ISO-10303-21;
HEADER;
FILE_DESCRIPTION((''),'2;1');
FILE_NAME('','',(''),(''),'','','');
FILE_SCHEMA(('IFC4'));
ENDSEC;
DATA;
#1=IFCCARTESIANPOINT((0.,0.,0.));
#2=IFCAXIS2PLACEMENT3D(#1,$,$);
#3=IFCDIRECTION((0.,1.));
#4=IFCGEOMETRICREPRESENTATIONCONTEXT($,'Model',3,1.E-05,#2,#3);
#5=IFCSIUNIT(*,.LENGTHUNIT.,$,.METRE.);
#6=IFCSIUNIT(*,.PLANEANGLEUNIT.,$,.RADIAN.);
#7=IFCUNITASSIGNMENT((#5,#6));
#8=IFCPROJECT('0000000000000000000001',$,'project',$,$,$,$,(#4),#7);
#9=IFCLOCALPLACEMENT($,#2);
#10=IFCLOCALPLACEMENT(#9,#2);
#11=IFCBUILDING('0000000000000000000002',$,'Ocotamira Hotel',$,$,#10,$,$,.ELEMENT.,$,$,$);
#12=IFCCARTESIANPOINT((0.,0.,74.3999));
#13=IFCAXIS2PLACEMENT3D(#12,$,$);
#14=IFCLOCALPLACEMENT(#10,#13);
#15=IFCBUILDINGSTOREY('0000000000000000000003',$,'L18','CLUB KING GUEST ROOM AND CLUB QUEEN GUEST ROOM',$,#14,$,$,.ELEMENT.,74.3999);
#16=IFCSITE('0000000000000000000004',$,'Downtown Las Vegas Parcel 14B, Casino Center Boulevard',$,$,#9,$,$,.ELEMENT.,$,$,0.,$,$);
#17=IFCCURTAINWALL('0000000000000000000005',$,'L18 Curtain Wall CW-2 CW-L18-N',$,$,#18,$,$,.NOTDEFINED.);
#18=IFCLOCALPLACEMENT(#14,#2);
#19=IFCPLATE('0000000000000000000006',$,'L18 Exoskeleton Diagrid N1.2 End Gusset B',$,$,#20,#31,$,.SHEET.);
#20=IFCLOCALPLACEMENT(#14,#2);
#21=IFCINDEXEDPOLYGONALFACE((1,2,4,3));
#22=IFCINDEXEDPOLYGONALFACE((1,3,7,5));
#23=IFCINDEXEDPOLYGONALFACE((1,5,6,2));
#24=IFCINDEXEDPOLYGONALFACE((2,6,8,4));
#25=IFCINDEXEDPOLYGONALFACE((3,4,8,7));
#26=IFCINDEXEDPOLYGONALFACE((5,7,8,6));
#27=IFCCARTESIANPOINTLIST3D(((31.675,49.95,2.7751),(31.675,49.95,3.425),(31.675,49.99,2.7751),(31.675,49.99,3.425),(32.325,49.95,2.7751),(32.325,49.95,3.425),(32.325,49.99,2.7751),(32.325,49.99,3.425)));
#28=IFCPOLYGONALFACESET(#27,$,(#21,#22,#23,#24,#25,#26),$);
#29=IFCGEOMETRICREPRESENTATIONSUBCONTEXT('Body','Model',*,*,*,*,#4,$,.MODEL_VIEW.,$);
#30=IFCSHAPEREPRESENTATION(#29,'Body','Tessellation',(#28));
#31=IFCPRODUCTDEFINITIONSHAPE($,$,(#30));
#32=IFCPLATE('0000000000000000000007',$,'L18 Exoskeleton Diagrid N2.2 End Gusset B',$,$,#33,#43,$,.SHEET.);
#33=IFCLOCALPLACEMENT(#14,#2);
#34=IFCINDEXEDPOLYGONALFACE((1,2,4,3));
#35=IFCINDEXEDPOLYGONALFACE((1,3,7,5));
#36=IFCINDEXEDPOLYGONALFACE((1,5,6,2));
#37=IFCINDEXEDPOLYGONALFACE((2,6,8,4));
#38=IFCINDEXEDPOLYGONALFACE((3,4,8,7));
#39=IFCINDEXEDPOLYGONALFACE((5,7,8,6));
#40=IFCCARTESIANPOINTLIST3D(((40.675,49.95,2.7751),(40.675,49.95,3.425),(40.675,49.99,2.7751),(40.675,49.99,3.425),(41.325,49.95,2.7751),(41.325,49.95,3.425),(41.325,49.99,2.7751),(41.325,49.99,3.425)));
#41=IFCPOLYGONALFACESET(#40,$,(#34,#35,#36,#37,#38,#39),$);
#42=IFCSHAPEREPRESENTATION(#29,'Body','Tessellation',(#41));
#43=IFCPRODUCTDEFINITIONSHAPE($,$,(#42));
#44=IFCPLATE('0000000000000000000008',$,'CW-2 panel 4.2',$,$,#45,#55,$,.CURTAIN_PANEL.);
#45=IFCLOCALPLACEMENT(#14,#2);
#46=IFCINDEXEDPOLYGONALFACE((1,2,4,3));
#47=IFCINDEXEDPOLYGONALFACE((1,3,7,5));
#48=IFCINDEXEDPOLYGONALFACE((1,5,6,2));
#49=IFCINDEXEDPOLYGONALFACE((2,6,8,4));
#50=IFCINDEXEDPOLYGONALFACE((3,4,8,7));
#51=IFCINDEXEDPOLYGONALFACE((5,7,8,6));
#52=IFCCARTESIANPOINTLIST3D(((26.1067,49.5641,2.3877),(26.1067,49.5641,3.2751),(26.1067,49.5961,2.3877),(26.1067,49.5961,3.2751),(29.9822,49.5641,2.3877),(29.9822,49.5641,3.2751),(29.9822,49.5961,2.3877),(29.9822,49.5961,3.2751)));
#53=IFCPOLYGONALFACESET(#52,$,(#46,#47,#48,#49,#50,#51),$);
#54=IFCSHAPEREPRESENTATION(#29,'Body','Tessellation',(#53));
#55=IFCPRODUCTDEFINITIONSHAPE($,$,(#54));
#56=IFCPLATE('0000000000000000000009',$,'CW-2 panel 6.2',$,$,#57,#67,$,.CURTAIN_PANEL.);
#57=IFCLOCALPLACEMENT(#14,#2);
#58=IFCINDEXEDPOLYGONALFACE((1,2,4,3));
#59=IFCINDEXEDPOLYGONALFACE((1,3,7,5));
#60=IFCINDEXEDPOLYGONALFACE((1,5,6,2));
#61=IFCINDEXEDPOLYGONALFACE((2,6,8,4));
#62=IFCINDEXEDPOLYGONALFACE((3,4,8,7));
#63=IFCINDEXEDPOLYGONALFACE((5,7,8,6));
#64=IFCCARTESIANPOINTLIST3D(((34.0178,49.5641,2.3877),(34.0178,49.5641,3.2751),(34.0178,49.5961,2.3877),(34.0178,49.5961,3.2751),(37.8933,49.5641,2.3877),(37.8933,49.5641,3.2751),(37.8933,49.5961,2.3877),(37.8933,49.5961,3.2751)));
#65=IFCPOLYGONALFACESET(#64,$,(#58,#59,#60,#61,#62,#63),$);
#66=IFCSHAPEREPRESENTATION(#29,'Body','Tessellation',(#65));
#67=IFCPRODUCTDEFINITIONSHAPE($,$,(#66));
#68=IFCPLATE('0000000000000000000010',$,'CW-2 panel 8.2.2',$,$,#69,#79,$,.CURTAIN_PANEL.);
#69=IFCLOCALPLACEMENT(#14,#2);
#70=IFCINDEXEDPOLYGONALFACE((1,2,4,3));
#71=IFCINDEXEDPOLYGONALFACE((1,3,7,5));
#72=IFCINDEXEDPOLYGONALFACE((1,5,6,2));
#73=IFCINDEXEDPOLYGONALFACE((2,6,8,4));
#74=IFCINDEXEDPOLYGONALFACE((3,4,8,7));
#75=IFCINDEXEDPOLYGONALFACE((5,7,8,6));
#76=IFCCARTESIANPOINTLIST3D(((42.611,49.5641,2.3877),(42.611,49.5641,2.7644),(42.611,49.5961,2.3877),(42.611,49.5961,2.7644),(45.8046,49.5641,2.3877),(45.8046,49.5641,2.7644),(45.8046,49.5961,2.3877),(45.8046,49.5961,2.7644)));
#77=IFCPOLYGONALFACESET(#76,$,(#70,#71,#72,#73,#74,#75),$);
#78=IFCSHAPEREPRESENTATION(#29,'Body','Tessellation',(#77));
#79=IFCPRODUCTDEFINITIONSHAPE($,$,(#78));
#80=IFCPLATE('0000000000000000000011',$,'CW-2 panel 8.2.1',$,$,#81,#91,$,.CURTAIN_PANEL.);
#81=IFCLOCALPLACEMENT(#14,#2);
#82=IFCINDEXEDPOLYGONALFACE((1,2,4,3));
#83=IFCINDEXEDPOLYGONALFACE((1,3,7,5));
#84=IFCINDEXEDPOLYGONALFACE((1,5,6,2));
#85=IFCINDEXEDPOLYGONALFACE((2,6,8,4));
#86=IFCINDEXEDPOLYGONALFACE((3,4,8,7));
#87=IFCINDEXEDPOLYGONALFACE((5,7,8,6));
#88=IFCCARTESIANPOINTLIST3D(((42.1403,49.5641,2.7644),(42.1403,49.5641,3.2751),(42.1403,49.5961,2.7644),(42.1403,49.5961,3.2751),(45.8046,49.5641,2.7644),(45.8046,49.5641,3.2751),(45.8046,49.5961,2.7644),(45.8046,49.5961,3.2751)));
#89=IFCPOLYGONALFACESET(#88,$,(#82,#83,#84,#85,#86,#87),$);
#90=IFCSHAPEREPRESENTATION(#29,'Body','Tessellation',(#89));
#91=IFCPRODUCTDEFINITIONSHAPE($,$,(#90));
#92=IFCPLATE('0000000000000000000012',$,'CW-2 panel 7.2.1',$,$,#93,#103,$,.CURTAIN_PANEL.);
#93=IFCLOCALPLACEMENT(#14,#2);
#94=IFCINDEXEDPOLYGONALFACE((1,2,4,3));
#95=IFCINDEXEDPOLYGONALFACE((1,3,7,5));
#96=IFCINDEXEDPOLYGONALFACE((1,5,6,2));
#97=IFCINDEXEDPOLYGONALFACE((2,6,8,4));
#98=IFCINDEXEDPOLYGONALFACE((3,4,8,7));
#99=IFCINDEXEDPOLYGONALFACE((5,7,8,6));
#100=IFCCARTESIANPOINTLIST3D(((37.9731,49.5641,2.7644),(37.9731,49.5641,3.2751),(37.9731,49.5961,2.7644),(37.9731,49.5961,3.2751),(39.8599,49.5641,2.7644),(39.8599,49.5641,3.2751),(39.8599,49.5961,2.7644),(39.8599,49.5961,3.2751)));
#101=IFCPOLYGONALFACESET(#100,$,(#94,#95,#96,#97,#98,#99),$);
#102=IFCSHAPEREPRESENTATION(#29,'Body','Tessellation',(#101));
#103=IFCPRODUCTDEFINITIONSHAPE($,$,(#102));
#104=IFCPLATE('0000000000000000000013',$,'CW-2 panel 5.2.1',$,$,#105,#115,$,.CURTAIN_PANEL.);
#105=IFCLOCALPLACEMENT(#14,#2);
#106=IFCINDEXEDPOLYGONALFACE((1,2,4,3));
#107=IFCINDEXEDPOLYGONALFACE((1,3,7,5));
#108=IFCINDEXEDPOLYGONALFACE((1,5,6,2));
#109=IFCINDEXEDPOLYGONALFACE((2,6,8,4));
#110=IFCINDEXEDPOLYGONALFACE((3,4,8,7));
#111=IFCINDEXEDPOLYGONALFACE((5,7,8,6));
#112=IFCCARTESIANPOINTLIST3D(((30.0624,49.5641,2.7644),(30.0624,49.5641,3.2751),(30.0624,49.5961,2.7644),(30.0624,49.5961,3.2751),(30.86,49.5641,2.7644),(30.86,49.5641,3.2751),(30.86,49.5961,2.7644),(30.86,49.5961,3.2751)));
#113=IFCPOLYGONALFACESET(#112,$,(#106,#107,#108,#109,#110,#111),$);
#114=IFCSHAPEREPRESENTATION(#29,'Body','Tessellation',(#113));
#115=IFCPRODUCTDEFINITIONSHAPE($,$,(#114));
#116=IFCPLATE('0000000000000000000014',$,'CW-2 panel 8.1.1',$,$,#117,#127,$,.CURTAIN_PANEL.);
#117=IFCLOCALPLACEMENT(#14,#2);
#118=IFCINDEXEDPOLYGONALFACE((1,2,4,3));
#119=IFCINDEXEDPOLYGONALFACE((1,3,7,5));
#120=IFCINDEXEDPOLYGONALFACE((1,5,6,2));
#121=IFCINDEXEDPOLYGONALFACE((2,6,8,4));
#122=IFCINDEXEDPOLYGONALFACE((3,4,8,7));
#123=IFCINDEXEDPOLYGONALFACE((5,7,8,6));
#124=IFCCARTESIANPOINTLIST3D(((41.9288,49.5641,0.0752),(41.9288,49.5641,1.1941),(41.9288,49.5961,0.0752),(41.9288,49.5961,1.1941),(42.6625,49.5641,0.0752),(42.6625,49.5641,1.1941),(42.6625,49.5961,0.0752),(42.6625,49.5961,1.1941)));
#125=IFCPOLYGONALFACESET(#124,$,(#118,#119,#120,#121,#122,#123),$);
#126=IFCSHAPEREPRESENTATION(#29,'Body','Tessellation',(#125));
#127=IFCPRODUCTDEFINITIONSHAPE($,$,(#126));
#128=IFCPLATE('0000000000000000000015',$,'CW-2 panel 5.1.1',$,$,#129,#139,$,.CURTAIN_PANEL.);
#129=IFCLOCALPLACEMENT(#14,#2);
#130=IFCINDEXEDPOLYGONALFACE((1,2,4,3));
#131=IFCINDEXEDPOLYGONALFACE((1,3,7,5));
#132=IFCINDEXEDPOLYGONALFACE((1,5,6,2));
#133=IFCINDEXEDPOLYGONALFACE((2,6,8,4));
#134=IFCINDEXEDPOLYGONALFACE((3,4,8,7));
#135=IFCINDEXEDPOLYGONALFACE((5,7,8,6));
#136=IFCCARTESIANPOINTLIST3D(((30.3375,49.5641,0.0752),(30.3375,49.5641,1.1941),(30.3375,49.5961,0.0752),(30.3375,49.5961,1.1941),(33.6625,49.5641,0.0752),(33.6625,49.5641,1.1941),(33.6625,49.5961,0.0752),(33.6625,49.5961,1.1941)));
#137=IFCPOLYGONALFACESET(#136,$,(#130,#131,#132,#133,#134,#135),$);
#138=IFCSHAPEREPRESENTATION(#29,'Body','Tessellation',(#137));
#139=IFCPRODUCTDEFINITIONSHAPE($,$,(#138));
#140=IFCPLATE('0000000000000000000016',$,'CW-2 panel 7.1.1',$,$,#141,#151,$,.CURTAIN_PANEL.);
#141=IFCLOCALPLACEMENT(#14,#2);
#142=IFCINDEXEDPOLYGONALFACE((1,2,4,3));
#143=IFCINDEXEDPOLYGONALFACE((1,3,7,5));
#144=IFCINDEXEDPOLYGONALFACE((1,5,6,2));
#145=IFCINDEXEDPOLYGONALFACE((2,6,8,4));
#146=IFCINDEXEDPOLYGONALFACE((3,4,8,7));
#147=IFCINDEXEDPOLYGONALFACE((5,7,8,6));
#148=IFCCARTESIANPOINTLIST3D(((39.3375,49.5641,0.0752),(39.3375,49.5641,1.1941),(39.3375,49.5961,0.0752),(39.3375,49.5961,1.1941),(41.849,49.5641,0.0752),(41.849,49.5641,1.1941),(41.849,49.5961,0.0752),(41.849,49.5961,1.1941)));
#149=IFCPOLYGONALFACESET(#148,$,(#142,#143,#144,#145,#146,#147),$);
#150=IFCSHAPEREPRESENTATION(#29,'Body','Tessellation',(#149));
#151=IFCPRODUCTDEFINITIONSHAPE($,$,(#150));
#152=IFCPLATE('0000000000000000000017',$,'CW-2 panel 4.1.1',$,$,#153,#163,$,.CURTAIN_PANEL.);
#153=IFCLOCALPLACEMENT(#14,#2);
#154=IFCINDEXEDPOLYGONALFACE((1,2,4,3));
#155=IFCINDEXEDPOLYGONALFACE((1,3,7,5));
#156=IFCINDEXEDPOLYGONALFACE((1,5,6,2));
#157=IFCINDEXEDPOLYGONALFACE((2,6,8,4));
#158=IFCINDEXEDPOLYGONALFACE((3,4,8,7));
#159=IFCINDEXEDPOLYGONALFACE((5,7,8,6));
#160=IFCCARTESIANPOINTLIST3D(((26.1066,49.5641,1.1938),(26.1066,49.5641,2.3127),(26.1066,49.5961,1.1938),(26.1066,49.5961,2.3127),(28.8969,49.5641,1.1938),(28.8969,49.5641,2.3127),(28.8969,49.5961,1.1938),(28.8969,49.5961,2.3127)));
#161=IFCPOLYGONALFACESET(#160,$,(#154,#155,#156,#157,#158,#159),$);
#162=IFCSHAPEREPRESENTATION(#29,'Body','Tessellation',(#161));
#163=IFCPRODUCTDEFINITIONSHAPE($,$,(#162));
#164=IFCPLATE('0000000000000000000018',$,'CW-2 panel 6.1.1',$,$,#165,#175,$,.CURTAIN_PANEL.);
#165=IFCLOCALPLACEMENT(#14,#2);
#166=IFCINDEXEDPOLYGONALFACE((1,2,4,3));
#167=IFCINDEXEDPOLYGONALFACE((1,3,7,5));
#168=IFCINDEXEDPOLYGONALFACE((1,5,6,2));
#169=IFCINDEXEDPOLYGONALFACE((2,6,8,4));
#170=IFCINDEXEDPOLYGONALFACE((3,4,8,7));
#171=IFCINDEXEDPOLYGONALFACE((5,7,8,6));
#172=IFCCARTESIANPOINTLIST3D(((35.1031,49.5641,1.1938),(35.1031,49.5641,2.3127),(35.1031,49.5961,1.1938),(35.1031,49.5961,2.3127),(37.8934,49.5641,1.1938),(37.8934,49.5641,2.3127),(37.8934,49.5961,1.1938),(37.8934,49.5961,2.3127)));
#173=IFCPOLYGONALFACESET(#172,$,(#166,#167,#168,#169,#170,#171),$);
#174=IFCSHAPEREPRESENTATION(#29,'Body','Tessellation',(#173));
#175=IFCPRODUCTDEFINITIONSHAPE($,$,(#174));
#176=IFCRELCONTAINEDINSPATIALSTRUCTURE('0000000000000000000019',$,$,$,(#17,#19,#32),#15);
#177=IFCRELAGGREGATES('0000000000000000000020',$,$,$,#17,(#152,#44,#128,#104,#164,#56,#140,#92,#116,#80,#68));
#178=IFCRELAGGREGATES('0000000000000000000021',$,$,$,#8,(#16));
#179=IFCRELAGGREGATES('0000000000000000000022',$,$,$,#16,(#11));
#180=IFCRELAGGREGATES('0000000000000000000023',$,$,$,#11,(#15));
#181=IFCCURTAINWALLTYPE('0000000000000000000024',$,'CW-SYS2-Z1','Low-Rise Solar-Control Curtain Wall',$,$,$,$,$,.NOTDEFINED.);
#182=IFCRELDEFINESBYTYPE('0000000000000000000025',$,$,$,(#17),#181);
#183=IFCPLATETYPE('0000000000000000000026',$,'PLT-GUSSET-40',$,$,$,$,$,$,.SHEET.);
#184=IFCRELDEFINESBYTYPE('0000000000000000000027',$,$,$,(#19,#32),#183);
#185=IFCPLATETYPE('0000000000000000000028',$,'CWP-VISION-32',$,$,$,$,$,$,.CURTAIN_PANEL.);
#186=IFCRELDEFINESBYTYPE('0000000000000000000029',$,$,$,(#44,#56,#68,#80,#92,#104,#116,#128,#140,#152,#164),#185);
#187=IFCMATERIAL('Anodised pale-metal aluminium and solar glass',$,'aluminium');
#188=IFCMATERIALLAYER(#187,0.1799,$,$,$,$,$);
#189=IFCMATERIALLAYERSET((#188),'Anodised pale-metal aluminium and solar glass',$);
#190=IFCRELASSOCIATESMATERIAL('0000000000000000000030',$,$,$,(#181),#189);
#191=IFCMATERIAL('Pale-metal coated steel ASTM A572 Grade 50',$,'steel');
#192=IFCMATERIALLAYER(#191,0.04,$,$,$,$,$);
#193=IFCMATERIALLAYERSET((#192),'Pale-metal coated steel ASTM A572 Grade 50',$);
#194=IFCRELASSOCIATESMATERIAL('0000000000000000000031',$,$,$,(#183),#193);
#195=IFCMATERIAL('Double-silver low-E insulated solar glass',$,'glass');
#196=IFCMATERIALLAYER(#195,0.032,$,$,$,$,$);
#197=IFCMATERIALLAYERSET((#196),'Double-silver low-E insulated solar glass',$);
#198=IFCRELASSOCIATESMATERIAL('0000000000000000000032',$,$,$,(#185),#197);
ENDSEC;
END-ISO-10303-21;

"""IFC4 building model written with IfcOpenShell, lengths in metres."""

from ifc_helpers import new_model, si_unit, direction, frame, origin, origin_2d, place, context, subcontext, project, spatial, rectangle, extrude, source, transform, mapped, material, layer, layer_set, type_object, element, aggregate, save


model = new_model("IFC4")

# Units and contexts
model_context = context("Model", 3, precision=1e-05, world=origin(), true_north=direction((0.0, 1.0)))
body_context = subcontext(model_context, "Body", "Model", "MODEL_VIEW")
ifc_project = project(units=[si_unit("LENGTHUNIT", "METRE"), si_unit("PLANEANGLEUNIT", "RADIAN")], contexts=[model_context])

# Site, building, storey
site_placement = place(None, origin())
site = spatial("IfcSite", under=ifc_project, at=site_placement, Name="Downtown Las Vegas Parcel 14B, Casino Center Boulevard", CompositionType="ELEMENT", RefElevation=0.0)
building_placement = place(site_placement, origin())
building = spatial("IfcBuilding", under=site, at=building_placement, Name="Ocotamira Hotel", CompositionType="ELEMENT")
storey_placement = place(building_placement, frame((0.0, 0.0, 74.3999)))
storey = spatial("IfcBuildingStorey", under=building, at=storey_placement, Name="L18", Description="CLUB KING GUEST ROOM AND CLUB QUEEN GUEST ROOM", CompositionType="ELEMENT", Elevation=74.3999)

# Curtain wall
ifc_material_1 = material(Name="Anodised pale-metal aluminium and solar glass", Category="aluminium")
ifc_layer_1 = layer(ifc_material_1, 0.1799)
ifc_layer_set_1 = layer_set([ifc_layer_1], Name="Anodised pale-metal aluminium and solar glass")
curtain_wall_type = type_object("IfcCurtainWallType", Name="CW-SYS2-Z1", Description="Low-Rise Solar-Control Curtain Wall", PredefinedType="NOTDEFINED", material=ifc_layer_set_1)
curtain_wall_placement = place(storey_placement, origin())
curtain_wall = element("IfcCurtainWall", 1, at=curtain_wall_placement, inside=storey, type_object=curtain_wall_type, Name="L18 Curtain Wall CW-2 CW-L18-N", PredefinedType="NOTDEFINED")

# Plates
ifc_material_2 = material(Name="Pale-metal coated steel ASTM A572 Grade 50", Category="steel")
ifc_layer_2 = layer(ifc_material_2, 0.04)
ifc_layer_set_2 = layer_set([ifc_layer_2], Name="Pale-metal coated steel ASTM A572 Grade 50")
plate_type_1 = type_object("IfcPlateType", Name="PLT-GUSSET-40", PredefinedType="SHEET", material=ifc_layer_set_2)
shared_shape_1 = source(origin(), body_context, "Body", "SweptSolid", [
    extrude(rectangle(XDim=0.6499, YDim=0.04, at=origin_2d()), origin(), (0.0, 0.0, 1.0), 0.6499),
])
for number, where, z_axis, x_axis, name in (
    (2, (32.0, 49.97, 2.7751), (0.0, 0.0, 1.0), (1.0, 0.0, 0.0), "L18 Exoskeleton Diagrid N1.2 End Gusset B"),
    (3, (41.0, 49.97, 2.7751), (0.0, 0.0, 1.0), (1.0, 0.0, 0.0), "L18 Exoskeleton Diagrid N2.2 End Gusset B"),
):
    element("IfcPlate", number, at=place(storey_placement, frame(where, z_axis=z_axis, x_axis=x_axis)), inside=storey, type_object=plate_type_1, Name=name, PredefinedType="SHEET", context=body_context, shape_type="MappedRepresentation", body=[
        mapped(shared_shape_1, transform((0.0, 0.0, 0.0), scale=1.0)),
    ])

# Plates
ifc_material_3 = material(Name="Double-silver low-E insulated solar glass", Category="glass")
ifc_layer_3 = layer(ifc_material_3, 0.032)
ifc_layer_set_3 = layer_set([ifc_layer_3], Name="Double-silver low-E insulated solar glass")
plate_type_2 = type_object("IfcPlateType", Name="CWP-VISION-32", PredefinedType="CURTAIN_PANEL", material=ifc_layer_set_3)
shared_shape_2 = source(origin(), body_context, "Body", "SweptSolid", [
    extrude(rectangle(XDim=3.8755, YDim=0.032, at=origin_2d()), origin(), (0.0, 0.0, 1.0), 0.8875),
])
plate_1_placement = place(storey_placement, frame((28.0444, 49.5801, 2.3877), z_axis=(0.0, 0.0, 1.0), x_axis=(1.0, 0.0, 0.0)))
plate_1 = element("IfcPlate", 4, at=plate_1_placement, type_object=plate_type_2, Name="CW-2 panel 4.2", PredefinedType="CURTAIN_PANEL", context=body_context, shape_type="MappedRepresentation", body=[
    mapped(shared_shape_2, transform((0.0, 0.0, 0.0), scale=1.0)),
])
plate_2_placement = place(storey_placement, frame((35.9556, 49.5801, 2.3877), z_axis=(0.0, 0.0, 1.0), x_axis=(1.0, 0.0, 0.0)))
plate_2 = element("IfcPlate", 5, at=plate_2_placement, type_object=plate_type_2, Name="CW-2 panel 6.2", PredefinedType="CURTAIN_PANEL", context=body_context, shape_type="MappedRepresentation", body=[
    mapped(shared_shape_2, transform((0.0, 0.0, 0.0), scale=1.0)),
])
shared_shape_3 = source(origin(), body_context, "Body", "SweptSolid", [
    extrude(rectangle(XDim=3.1936, YDim=0.032, at=origin_2d()), origin(), (0.0, 0.0, 1.0), 0.3767),
])
plate_3_placement = place(storey_placement, frame((44.2078, 49.5801, 2.3877), z_axis=(0.0, 0.0, 1.0), x_axis=(1.0, 0.0, 0.0)))
plate_3 = element("IfcPlate", 6, at=plate_3_placement, type_object=plate_type_2, Name="CW-2 panel 8.2.2", PredefinedType="CURTAIN_PANEL", context=body_context, shape_type="MappedRepresentation", body=[
    mapped(shared_shape_3, transform((0.0, 0.0, 0.0), scale=1.0)),
])
shared_shape_4 = source(origin(), body_context, "Body", "SweptSolid", [
    extrude(rectangle(XDim=3.6643, YDim=0.032, at=origin_2d()), origin(), (0.0, 0.0, 1.0), 0.5107),
])
plate_4_placement = place(storey_placement, frame((43.9724, 49.5801, 2.7644), z_axis=(0.0, 0.0, 1.0), x_axis=(1.0, 0.0, 0.0)))
plate_4 = element("IfcPlate", 7, at=plate_4_placement, type_object=plate_type_2, Name="CW-2 panel 8.2.1", PredefinedType="CURTAIN_PANEL", context=body_context, shape_type="MappedRepresentation", body=[
    mapped(shared_shape_4, transform((0.0, 0.0, 0.0), scale=1.0)),
])
shared_shape_5 = source(origin(), body_context, "Body", "SweptSolid", [
    extrude(rectangle(XDim=1.8867, YDim=0.032, at=origin_2d()), origin(), (0.0, 0.0, 1.0), 0.5107),
])
plate_5_placement = place(storey_placement, frame((38.9165, 49.5801, 2.7644), z_axis=(0.0, 0.0, 1.0), x_axis=(1.0, 0.0, 0.0)))
plate_5 = element("IfcPlate", 8, at=plate_5_placement, type_object=plate_type_2, Name="CW-2 panel 7.2.1", PredefinedType="CURTAIN_PANEL", context=body_context, shape_type="MappedRepresentation", body=[
    mapped(shared_shape_5, transform((0.0, 0.0, 0.0), scale=1.0)),
])
shared_shape_6 = source(origin(), body_context, "Body", "SweptSolid", [
    extrude(rectangle(XDim=0.7976, YDim=0.032, at=origin_2d()), origin(), (0.0, 0.0, 1.0), 0.5107),
])
plate_6_placement = place(storey_placement, frame((30.4612, 49.5801, 2.7644), z_axis=(0.0, 0.0, 1.0), x_axis=(1.0, 0.0, 0.0)))
plate_6 = element("IfcPlate", 9, at=plate_6_placement, type_object=plate_type_2, Name="CW-2 panel 5.2.1", PredefinedType="CURTAIN_PANEL", context=body_context, shape_type="MappedRepresentation", body=[
    mapped(shared_shape_6, transform((0.0, 0.0, 0.0), scale=1.0)),
])
shared_shape_7 = source(origin(), body_context, "Body", "SweptSolid", [
    extrude(rectangle(XDim=0.7336, YDim=0.032, at=origin_2d()), origin(), (0.0, 0.0, 1.0), 1.1189),
])
plate_7_placement = place(storey_placement, frame((42.2957, 49.5801, 0.0752), z_axis=(0.0, 0.0, 1.0), x_axis=(1.0, 0.0, 0.0)))
plate_7 = element("IfcPlate", 10, at=plate_7_placement, type_object=plate_type_2, Name="CW-2 panel 8.1.1", PredefinedType="CURTAIN_PANEL", context=body_context, shape_type="MappedRepresentation", body=[
    mapped(shared_shape_7, transform((0.0, 0.0, 0.0), scale=1.0)),
])
shared_shape_8 = source(origin(), body_context, "Body", "SweptSolid", [
    extrude(rectangle(XDim=3.325, YDim=0.032, at=origin_2d()), origin(), (0.0, 0.0, 1.0), 1.1189),
])
plate_8_placement = place(storey_placement, frame((32.0, 49.5801, 0.0752), z_axis=(0.0, 0.0, 1.0), x_axis=(1.0, 0.0, 0.0)))
plate_8 = element("IfcPlate", 11, at=plate_8_placement, type_object=plate_type_2, Name="CW-2 panel 5.1.1", PredefinedType="CURTAIN_PANEL", context=body_context, shape_type="MappedRepresentation", body=[
    mapped(shared_shape_8, transform((0.0, 0.0, 0.0), scale=1.0)),
])
shared_shape_9 = source(origin(), body_context, "Body", "SweptSolid", [
    extrude(rectangle(XDim=2.5115, YDim=0.032, at=origin_2d()), origin(), (0.0, 0.0, 1.0), 1.1189),
])
plate_9_placement = place(storey_placement, frame((40.5933, 49.5801, 0.0752), z_axis=(0.0, 0.0, 1.0), x_axis=(1.0, 0.0, 0.0)))
plate_9 = element("IfcPlate", 12, at=plate_9_placement, type_object=plate_type_2, Name="CW-2 panel 7.1.1", PredefinedType="CURTAIN_PANEL", context=body_context, shape_type="MappedRepresentation", body=[
    mapped(shared_shape_9, transform((0.0, 0.0, 0.0), scale=1.0)),
])
shared_shape_10 = source(origin(), body_context, "Body", "SweptSolid", [
    extrude(rectangle(XDim=2.7903, YDim=0.032, at=origin_2d()), origin(), (0.0, 0.0, 1.0), 1.1189),
])
plate_10_placement = place(storey_placement, frame((27.5017, 49.5801, 1.1938), z_axis=(0.0, 0.0, 1.0), x_axis=(1.0, 0.0, 0.0)))
plate_10 = element("IfcPlate", 13, at=plate_10_placement, type_object=plate_type_2, Name="CW-2 panel 4.1.1", PredefinedType="CURTAIN_PANEL", context=body_context, shape_type="MappedRepresentation", body=[
    mapped(shared_shape_10, transform((0.0, 0.0, 0.0), scale=1.0)),
])
plate_11_placement = place(storey_placement, frame((36.4983, 49.5801, 1.1938), z_axis=(0.0, 0.0, 1.0), x_axis=(1.0, 0.0, 0.0)))
plate_11 = element("IfcPlate", 14, at=plate_11_placement, type_object=plate_type_2, Name="CW-2 panel 6.1.1", PredefinedType="CURTAIN_PANEL", context=body_context, shape_type="MappedRepresentation", body=[
    mapped(shared_shape_10, transform((0.0, 0.0, 0.0), scale=1.0)),
])
aggregate(curtain_wall, [plate_10, plate_1, plate_8, plate_6, plate_11, plate_2, plate_9, plate_5, plate_7, plate_4, plate_3])

save(model, "model.ifc")
